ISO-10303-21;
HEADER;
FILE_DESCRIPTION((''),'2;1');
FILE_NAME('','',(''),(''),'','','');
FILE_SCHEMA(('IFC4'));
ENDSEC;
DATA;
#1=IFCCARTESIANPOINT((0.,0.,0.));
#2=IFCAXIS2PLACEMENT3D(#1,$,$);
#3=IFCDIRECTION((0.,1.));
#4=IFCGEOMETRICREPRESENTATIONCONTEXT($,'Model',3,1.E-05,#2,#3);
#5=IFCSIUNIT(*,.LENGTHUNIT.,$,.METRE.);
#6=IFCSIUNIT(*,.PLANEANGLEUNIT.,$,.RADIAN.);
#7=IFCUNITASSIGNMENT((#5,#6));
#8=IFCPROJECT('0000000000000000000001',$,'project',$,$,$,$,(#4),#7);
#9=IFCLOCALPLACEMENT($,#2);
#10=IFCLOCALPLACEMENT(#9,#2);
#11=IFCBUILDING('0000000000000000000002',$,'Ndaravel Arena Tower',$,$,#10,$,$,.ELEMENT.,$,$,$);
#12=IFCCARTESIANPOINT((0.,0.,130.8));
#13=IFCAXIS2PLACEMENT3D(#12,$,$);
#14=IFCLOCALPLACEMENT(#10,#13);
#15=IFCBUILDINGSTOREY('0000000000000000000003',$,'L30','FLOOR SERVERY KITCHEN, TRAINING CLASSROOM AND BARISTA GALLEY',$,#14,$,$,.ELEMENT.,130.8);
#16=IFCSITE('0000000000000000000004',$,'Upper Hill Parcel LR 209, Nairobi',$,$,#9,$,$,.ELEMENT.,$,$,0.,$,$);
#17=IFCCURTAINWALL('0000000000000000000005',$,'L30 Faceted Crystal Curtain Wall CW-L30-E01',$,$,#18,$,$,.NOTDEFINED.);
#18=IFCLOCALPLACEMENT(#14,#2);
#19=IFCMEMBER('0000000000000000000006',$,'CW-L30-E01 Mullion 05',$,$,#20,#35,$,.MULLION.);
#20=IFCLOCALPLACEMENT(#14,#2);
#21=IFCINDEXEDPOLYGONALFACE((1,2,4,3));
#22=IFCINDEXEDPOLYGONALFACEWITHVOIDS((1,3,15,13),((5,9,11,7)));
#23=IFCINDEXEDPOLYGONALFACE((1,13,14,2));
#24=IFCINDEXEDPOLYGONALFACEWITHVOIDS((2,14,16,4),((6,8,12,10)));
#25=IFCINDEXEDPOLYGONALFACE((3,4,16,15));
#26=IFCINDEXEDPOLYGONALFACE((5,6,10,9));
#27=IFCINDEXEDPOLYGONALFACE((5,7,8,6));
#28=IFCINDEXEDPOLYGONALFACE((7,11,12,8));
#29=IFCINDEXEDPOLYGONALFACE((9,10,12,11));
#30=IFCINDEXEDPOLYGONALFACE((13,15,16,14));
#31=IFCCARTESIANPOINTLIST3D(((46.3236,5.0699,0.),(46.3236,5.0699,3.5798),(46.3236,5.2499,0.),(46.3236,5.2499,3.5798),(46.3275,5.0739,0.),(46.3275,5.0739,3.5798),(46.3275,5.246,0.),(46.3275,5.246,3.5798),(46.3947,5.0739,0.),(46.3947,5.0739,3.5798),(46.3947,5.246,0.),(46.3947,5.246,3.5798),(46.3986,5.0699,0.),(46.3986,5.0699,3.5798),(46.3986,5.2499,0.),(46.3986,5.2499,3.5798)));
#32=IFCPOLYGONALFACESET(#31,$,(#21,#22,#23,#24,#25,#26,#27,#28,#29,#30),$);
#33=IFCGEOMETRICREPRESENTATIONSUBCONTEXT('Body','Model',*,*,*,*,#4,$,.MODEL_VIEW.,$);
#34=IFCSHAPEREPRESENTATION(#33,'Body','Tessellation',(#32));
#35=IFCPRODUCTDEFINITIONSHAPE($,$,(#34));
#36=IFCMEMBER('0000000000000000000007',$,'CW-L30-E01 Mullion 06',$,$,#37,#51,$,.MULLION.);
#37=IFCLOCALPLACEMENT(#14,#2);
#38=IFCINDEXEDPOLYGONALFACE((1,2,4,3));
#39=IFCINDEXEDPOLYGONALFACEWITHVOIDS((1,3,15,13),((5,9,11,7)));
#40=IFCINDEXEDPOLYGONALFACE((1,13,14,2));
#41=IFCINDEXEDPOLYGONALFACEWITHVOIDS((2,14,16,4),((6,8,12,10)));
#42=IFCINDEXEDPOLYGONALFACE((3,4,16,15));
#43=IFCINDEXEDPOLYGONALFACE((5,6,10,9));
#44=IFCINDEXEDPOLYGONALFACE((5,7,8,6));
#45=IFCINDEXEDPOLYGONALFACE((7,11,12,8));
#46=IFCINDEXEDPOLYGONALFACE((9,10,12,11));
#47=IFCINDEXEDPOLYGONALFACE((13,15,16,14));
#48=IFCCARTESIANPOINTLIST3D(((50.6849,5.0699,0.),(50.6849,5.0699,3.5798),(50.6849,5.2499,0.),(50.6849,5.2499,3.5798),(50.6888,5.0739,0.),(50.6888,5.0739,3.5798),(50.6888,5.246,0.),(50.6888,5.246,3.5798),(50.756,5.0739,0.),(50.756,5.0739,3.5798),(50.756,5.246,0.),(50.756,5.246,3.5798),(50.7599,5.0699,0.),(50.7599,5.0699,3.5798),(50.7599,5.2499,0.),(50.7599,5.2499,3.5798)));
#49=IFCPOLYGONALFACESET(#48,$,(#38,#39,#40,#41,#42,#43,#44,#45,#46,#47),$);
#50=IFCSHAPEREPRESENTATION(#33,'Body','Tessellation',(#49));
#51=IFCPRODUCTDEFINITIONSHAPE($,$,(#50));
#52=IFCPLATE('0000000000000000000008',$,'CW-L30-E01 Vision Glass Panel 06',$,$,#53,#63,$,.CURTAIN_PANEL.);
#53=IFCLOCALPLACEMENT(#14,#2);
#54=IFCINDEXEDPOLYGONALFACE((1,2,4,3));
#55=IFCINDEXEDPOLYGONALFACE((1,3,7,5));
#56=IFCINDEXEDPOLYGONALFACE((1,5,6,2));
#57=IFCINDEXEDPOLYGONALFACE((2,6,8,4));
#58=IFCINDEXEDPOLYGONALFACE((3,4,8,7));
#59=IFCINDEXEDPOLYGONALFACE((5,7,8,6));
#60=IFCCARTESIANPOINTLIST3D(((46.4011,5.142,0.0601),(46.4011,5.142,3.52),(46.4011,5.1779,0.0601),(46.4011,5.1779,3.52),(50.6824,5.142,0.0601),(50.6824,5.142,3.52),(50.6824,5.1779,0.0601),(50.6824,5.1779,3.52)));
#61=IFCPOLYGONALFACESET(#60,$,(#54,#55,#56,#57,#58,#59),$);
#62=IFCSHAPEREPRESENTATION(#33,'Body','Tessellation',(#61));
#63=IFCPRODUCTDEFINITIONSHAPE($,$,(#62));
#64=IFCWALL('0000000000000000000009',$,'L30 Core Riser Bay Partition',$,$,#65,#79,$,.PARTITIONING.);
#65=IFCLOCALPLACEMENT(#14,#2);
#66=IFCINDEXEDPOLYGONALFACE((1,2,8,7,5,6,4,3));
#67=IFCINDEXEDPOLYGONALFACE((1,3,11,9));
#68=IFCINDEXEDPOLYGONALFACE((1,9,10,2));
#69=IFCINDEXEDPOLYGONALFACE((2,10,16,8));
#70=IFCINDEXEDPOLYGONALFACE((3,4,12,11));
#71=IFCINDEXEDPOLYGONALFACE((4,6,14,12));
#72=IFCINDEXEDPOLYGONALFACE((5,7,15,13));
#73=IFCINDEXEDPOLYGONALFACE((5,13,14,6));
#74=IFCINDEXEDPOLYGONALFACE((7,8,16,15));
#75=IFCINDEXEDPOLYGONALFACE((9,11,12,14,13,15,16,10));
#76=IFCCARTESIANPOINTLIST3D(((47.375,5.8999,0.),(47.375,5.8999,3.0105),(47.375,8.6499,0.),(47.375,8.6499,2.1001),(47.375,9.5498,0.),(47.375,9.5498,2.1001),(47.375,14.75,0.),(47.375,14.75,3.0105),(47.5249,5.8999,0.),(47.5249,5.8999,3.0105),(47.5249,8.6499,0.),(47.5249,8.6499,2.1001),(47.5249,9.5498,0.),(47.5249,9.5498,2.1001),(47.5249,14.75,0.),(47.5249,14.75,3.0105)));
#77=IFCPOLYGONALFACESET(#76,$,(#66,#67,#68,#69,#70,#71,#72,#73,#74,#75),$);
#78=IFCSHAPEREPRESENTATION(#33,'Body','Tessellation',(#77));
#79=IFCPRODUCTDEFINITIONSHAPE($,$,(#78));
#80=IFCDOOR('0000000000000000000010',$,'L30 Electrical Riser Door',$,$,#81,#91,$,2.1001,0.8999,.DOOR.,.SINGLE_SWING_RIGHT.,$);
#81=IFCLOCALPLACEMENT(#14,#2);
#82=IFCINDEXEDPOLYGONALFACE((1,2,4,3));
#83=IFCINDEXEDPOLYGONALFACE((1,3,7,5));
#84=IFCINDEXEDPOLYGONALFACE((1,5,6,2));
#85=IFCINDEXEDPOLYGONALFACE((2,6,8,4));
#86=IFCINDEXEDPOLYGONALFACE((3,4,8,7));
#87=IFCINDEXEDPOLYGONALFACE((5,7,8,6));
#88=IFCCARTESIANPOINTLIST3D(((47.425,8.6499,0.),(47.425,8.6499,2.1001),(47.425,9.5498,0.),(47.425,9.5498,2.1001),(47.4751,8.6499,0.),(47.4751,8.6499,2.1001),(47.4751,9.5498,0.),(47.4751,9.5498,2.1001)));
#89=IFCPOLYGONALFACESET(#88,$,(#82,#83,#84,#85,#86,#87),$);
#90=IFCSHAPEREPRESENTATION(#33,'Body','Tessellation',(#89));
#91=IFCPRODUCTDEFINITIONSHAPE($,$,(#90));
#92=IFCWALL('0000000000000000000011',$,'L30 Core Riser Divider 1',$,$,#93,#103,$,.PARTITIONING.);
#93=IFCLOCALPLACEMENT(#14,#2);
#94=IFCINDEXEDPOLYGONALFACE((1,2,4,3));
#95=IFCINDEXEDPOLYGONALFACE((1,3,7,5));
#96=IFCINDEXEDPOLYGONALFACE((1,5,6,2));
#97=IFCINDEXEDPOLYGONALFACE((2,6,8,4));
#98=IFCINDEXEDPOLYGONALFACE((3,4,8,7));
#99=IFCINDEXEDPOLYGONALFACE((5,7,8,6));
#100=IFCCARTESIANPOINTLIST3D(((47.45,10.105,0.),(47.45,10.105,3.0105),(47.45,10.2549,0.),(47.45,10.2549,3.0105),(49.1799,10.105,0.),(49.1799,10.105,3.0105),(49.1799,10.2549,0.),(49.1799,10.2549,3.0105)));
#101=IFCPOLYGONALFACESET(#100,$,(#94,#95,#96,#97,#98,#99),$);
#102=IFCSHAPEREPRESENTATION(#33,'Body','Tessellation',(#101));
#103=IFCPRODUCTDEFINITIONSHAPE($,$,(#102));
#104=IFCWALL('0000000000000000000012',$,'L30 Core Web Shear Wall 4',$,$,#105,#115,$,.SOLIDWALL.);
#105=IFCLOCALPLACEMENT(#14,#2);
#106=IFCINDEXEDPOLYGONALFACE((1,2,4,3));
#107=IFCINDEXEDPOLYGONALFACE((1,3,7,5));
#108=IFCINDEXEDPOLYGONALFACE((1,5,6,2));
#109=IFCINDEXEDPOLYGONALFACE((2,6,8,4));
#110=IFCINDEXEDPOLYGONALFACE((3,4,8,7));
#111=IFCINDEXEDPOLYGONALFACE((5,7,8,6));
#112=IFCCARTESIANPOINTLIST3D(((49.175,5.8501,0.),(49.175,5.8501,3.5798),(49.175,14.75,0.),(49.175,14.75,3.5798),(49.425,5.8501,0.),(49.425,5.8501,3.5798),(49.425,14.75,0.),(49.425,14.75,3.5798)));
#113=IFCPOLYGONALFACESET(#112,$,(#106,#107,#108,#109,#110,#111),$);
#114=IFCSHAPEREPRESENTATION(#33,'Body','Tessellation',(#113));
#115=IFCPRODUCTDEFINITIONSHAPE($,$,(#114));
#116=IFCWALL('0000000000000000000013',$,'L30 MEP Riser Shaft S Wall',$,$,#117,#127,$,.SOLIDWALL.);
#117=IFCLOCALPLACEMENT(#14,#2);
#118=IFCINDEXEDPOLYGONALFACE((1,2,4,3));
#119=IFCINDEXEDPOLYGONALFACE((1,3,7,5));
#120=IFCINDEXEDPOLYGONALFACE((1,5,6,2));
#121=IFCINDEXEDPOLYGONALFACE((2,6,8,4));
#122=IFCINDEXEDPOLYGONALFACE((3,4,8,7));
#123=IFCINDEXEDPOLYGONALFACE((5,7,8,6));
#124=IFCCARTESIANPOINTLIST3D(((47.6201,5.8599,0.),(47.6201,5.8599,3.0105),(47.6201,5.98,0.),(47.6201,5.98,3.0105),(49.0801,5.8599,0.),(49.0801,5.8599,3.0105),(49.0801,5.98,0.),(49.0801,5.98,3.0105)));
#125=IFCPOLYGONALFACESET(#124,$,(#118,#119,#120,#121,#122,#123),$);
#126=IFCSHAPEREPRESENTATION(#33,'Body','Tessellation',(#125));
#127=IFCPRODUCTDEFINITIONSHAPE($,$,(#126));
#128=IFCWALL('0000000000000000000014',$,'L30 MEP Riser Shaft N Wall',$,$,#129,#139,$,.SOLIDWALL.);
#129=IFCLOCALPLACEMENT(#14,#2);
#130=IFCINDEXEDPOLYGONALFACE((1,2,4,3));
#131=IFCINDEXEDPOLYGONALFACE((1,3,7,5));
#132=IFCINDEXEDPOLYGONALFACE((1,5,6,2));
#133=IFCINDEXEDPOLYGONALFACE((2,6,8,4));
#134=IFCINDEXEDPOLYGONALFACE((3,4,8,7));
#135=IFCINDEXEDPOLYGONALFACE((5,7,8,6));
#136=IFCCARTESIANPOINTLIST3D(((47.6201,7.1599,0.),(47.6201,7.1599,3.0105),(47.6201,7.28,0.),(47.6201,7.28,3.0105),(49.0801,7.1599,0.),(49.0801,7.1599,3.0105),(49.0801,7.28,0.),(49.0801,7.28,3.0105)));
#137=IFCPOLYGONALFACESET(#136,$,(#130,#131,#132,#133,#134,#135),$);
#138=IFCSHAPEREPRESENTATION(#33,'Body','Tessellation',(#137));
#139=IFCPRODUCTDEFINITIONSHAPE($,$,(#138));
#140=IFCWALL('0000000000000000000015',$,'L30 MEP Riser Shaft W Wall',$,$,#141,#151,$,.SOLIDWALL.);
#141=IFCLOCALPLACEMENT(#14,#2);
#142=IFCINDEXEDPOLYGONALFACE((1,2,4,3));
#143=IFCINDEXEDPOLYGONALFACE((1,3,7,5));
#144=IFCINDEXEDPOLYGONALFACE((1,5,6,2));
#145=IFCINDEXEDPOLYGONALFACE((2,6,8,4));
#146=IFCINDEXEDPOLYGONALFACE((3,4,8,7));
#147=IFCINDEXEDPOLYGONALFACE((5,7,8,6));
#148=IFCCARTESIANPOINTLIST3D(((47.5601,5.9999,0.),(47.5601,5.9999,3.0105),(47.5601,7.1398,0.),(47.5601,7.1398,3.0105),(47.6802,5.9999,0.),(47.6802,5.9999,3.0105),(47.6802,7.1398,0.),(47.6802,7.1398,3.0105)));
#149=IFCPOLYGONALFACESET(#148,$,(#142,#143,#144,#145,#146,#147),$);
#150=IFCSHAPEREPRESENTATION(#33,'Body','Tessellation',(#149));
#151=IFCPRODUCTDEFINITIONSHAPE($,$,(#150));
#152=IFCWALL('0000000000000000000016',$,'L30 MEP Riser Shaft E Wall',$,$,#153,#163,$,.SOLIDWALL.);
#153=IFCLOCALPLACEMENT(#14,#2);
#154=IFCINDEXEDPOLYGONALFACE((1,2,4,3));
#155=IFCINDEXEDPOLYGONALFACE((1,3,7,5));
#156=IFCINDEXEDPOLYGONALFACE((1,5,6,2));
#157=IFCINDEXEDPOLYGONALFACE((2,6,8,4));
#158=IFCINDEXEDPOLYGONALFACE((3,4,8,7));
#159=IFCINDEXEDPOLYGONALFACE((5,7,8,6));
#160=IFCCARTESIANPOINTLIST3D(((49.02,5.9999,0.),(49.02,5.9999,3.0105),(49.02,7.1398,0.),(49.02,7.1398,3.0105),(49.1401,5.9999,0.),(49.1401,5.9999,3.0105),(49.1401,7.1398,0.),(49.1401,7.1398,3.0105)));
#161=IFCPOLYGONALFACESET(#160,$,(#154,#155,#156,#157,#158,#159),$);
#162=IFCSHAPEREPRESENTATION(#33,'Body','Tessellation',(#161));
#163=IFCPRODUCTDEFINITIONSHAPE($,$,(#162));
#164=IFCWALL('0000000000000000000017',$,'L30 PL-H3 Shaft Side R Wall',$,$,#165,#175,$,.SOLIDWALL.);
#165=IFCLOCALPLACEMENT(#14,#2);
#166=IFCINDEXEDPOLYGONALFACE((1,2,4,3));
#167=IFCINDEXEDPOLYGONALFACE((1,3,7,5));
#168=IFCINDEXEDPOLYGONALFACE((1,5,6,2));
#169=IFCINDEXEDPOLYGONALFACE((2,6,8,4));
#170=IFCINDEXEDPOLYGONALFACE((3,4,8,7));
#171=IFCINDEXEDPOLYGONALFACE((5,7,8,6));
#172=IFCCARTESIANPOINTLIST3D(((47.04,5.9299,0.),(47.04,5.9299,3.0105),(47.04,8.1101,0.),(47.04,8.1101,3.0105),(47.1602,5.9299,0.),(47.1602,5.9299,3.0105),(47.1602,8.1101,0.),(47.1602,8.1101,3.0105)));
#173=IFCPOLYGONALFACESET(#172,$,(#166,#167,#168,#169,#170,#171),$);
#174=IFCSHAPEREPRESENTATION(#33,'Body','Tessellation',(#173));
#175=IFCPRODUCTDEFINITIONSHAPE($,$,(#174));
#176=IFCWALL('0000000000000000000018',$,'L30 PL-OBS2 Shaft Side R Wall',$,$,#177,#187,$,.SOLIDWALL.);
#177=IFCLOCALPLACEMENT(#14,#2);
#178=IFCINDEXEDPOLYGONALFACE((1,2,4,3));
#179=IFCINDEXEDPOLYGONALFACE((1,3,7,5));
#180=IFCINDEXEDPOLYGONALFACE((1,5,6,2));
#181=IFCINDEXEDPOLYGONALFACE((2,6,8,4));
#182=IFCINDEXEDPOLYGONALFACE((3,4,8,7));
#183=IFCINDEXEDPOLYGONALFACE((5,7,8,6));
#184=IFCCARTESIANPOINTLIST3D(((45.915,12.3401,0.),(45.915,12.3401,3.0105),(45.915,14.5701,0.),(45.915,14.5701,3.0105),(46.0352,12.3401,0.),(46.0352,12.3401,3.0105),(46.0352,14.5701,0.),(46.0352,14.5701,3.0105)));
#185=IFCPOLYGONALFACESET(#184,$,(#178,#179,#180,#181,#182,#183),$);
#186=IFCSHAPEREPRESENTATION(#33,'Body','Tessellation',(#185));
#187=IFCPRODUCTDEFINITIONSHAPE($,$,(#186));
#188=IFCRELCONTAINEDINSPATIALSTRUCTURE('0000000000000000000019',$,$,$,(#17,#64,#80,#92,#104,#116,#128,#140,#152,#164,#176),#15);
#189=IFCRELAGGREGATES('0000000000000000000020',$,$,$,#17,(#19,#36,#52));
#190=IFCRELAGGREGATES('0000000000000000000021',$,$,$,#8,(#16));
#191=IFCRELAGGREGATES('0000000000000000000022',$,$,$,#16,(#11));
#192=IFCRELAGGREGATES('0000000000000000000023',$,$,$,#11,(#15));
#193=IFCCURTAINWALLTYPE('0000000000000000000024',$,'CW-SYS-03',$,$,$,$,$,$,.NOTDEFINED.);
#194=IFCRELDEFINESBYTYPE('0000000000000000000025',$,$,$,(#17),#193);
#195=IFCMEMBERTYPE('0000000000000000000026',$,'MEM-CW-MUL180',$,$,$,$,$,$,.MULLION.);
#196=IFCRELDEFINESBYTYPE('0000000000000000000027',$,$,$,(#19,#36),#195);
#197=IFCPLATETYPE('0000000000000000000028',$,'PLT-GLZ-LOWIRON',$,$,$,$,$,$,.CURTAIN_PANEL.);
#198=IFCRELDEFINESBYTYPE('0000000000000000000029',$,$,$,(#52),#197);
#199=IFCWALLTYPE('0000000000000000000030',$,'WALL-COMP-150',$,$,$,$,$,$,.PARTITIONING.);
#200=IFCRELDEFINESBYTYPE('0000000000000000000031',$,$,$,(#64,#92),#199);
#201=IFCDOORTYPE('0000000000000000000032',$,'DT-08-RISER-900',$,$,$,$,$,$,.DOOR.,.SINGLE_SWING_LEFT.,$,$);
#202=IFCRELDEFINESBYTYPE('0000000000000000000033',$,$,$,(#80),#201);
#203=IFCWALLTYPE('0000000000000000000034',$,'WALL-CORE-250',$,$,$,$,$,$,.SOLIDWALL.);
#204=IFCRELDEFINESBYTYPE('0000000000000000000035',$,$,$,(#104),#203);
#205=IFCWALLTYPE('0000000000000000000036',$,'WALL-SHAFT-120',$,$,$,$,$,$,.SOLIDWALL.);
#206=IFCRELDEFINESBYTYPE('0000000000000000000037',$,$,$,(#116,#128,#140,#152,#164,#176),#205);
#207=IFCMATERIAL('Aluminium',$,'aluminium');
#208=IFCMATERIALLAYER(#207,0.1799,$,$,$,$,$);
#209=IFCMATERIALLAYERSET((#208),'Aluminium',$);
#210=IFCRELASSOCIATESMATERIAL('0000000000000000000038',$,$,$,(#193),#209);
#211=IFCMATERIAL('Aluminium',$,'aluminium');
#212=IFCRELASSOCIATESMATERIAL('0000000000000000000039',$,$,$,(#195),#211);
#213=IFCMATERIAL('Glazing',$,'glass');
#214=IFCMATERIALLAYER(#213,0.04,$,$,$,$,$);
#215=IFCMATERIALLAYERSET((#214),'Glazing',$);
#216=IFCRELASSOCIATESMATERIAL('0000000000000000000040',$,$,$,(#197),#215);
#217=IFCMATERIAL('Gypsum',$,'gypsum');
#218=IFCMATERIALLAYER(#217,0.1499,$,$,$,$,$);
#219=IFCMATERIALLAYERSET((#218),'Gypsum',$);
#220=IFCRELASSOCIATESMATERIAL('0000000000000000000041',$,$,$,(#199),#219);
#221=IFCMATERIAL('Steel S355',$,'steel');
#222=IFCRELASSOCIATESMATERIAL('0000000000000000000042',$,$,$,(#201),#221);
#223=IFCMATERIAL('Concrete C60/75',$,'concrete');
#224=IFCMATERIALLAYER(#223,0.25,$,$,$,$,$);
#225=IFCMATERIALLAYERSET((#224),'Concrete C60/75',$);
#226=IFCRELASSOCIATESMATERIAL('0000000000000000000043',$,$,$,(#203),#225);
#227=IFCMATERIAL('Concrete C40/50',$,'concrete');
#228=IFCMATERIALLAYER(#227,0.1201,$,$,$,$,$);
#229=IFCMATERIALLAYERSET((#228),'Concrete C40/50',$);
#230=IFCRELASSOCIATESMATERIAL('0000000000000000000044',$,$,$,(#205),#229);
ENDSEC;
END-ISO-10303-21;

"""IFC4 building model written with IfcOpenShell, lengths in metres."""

from ifc_helpers import new_model, si_unit, direction, frame, frame_2d, origin, origin_2d, place, context, subcontext, project, spatial, rectangle, hollow_rectangle, extrude, material, layer, layer_set, material_profile, profile_set, type_object, element, fill, aggregate, save


model = new_model("IFC4")

# Units and contexts
model_context = context("Model", 3, precision=1e-05, world=origin(), true_north=direction((0.0, 1.0)))
body_context = subcontext(model_context, "Body", "Model", "MODEL_VIEW")
ifc_project = project(units=[si_unit("LENGTHUNIT", "METRE"), si_unit("PLANEANGLEUNIT", "RADIAN")], contexts=[model_context])

# Site, building, storey
site_placement = place(None, origin())
site = spatial("IfcSite", under=ifc_project, at=site_placement, Name="Upper Hill Parcel LR 209, Nairobi", CompositionType="ELEMENT", RefElevation=0.0)
building_placement = place(site_placement, origin())
building = spatial("IfcBuilding", under=site, at=building_placement, Name="Ndaravel Arena Tower", CompositionType="ELEMENT")
storey_placement = place(building_placement, frame((0.0, 0.0, 130.8)))
storey = spatial("IfcBuildingStorey", under=building, at=storey_placement, Name="L30", Description="FLOOR SERVERY KITCHEN, TRAINING CLASSROOM AND BARISTA GALLEY", CompositionType="ELEMENT", Elevation=130.8)

# Curtain wall, members, plate
ifc_material_1 = material(Name="Aluminium", Category="aluminium")
ifc_layer_1 = layer(ifc_material_1, 0.1799)
ifc_layer_set_1 = layer_set([ifc_layer_1], Name="Aluminium")
curtain_wall_type = type_object("IfcCurtainWallType", Name="CW-SYS-03", PredefinedType="NOTDEFINED", material=ifc_layer_set_1)
curtain_wall_placement = place(storey_placement, origin())
curtain_wall = element("IfcCurtainWall", 1, at=curtain_wall_placement, inside=storey, type_object=curtain_wall_type, Name="L30 Faceted Crystal Curtain Wall CW-L30-E01", PredefinedType="NOTDEFINED")
ifc_material_2 = material(Name="Aluminium", Category="aluminium")
ifc_material_profile = material_profile(ifc_material_2, hollow_rectangle(XDim=0.075, YDim=0.1799, WallThickness=0.0039, at=origin_2d()), Name="CW MULLION 75x180x4")
ifc_profile_set = profile_set([ifc_material_profile], Name="Aluminium")
member_type = type_object("IfcMemberType", Name="MEM-CW-MUL180", PredefinedType="MULLION", material=ifc_profile_set)
member_1_placement = place(storey_placement, frame((46.3611, 5.1599, 0.0), z_axis=(0.0, 0.0, 1.0), x_axis=(1.0, 0.0, 0.0)))
member_1 = element("IfcMember", 2, at=member_1_placement, type_object=member_type, Name="CW-L30-E01 Mullion 05", PredefinedType="MULLION", context=body_context, shape_type="SweptSolid", body=[
    extrude(hollow_rectangle(XDim=0.075, YDim=0.1799, WallThickness=0.0039, at=origin_2d()), origin(), (0.0, 0.0, 1.0), 3.5798),
])
member_2_placement = place(storey_placement, frame((50.7224, 5.1599, 0.0), z_axis=(0.0, 0.0, 1.0), x_axis=(1.0, 0.0, 0.0)))
member_2 = element("IfcMember", 3, at=member_2_placement, type_object=member_type, Name="CW-L30-E01 Mullion 06", PredefinedType="MULLION", context=body_context, shape_type="SweptSolid", body=[
    extrude(hollow_rectangle(XDim=0.075, YDim=0.1799, WallThickness=0.0039, at=origin_2d()), origin(), (0.0, 0.0, 1.0), 3.5798),
])
ifc_material_3 = material(Name="Glazing", Category="glass")
ifc_layer_2 = layer(ifc_material_3, 0.04)
ifc_layer_set_2 = layer_set([ifc_layer_2], Name="Glazing")
plate_type = type_object("IfcPlateType", Name="PLT-GLZ-LOWIRON", PredefinedType="CURTAIN_PANEL", material=ifc_layer_set_2)
plate_placement = place(storey_placement, frame((48.5417, 5.1599, 0.0601), z_axis=(0.0, 0.0, 1.0), x_axis=(1.0, 0.0, 0.0)))
plate = element("IfcPlate", 4, at=plate_placement, type_object=plate_type, Name="CW-L30-E01 Vision Glass Panel 06", PredefinedType="CURTAIN_PANEL", context=body_context, shape_type="SweptSolid", body=[
    extrude(rectangle(XDim=4.2812, YDim=0.0359, at=origin_2d()), origin(), (0.0, 0.0, 1.0), 3.46),
])
aggregate(curtain_wall, [member_1, member_2, plate])

# Wall, opening, door
ifc_material_4 = material(Name="Gypsum", Category="gypsum")
ifc_layer_3 = layer(ifc_material_4, 0.1499)
ifc_layer_set_3 = layer_set([ifc_layer_3], Name="Gypsum")
wall_type_1 = type_object("IfcWallType", Name="WALL-COMP-150", PredefinedType="PARTITIONING", material=ifc_layer_set_3)
wall_1_placement = place(storey_placement, frame((47.45, 5.8999, 0.0), z_axis=(0.0, 0.0, 1.0), x_axis=(0.0, 1.0, 0.0)))
wall_1 = element("IfcWall", 5, at=wall_1_placement, inside=storey, type_object=wall_type_1, Name="L30 Core Riser Bay Partition", PredefinedType="PARTITIONING", context=body_context, shape_type="SweptSolid", body=[
    extrude(rectangle(XDim=8.8501, YDim=0.1499, at=frame_2d((4.425, 0.0))), origin(), (0.0, 0.0, 1.0), 3.0105),
])
opening_1_placement = place(wall_1_placement, frame((2.75, 0.0, 0.0)))
opening_1 = element("IfcOpeningElement", 6, at=opening_1_placement, cuts=wall_1, PredefinedType="OPENING", context=body_context, shape_type="SweptSolid", body=[
    extrude(rectangle(XDim=0.8999, YDim=2.1001, at=frame_2d((0.45, 1.05))), frame((0.0, 0.075, 0.0), z_axis=(0.0, -1.0, 0.0), x_axis=(1.0, 0.0, 0.0)), (0.0, 0.0, 1.0), 0.1499),
])
ifc_material_5 = material(Name="Steel S355", Category="steel")
door_type_1 = type_object("IfcDoorType", Name="DT-08-RISER-900", OperationType="SINGLE_SWING_LEFT", PredefinedType="DOOR", material=ifc_material_5)
door_1_placement = place(opening_1_placement, origin())
door_1 = element("IfcDoor", 7, at=door_1_placement, inside=storey, type_object=door_type_1, Name="L30 Electrical Riser Door", OperationType="SINGLE_SWING_RIGHT", OverallHeight=2.1001, OverallWidth=0.8999, PredefinedType="DOOR", context=body_context, shape_type="SweptSolid", body=[
    extrude(rectangle(XDim=0.8999, YDim=2.1001, at=frame_2d((0.45, 1.05))), frame((0.0, 0.0249, 0.0), z_axis=(0.0, -1.0, 0.0), x_axis=(1.0, 0.0, 0.0)), (0.0, 0.0, 1.0), 0.05),
])
fill(opening_1, door_1)

# Walls
wall_2_placement = place(storey_placement, frame((47.45, 10.1799, 0.0), z_axis=(0.0, 0.0, 1.0), x_axis=(1.0, 0.0, 0.0)))
element("IfcWall", 8, at=wall_2_placement, inside=storey, type_object=wall_type_1, Name="L30 Core Riser Divider 1", PredefinedType="PARTITIONING", context=body_context, shape_type="SweptSolid", body=[
    extrude(rectangle(XDim=1.73, YDim=0.1499, at=frame_2d((0.865, 0.0))), origin(), (0.0, 0.0, 1.0), 3.0105),
])
ifc_material_6 = material(Name="Concrete C60/75", Category="concrete")
ifc_layer_4 = layer(ifc_material_6, 0.25)
ifc_layer_set_4 = layer_set([ifc_layer_4], Name="Concrete C60/75")
wall_type_2 = type_object("IfcWallType", Name="WALL-CORE-250", PredefinedType="SOLIDWALL", material=ifc_layer_set_4)
wall_3_placement = place(storey_placement, frame((49.3, 5.8501, 0.0), z_axis=(0.0, 0.0, 1.0), x_axis=(0.0, 1.0, 0.0)))
element("IfcWall", 9, at=wall_3_placement, inside=storey, type_object=wall_type_2, Name="L30 Core Web Shear Wall 4", PredefinedType="SOLIDWALL", context=body_context, shape_type="SweptSolid", body=[
    extrude(rectangle(XDim=8.8999, YDim=0.25, at=frame_2d((4.45, 0.0))), origin(), (0.0, 0.0, 1.0), 3.5798),
])
ifc_material_7 = material(Name="Concrete C40/50", Category="concrete")
ifc_layer_5 = layer(ifc_material_7, 0.1201)
ifc_layer_set_5 = layer_set([ifc_layer_5], Name="Concrete C40/50")
wall_type_3 = type_object("IfcWallType", Name="WALL-SHAFT-120", PredefinedType="SOLIDWALL", material=ifc_layer_set_5)
for number, where, z_axis, x_axis, name in (
    (10, (47.6201, 5.9199, 0.0), (0.0, 0.0, 1.0), (1.0, 0.0, 0.0), "L30 MEP Riser Shaft S Wall"),
    (11, (47.6201, 7.22, 0.0), (0.0, 0.0, 1.0), (1.0, 0.0, 0.0), "L30 MEP Riser Shaft N Wall"),
):
    element("IfcWall", number, at=place(storey_placement, frame(where, z_axis=z_axis, x_axis=x_axis)), inside=storey, type_object=wall_type_3, Name=name, PredefinedType="SOLIDWALL", context=body_context, shape_type="SweptSolid", body=[
        extrude(rectangle(XDim=1.46, YDim=0.1201, at=frame_2d((0.73, 0.0))), origin(), (0.0, 0.0, 1.0), 3.0105),
    ])
for number, where, z_axis, x_axis, name in (
    (12, (47.6201, 6.0, 0.0), (0.0, 0.0, 1.0), (0.0, 1.0, 0.0), "L30 MEP Riser Shaft W Wall"),
    (13, (49.0801, 6.0, 0.0), (0.0, 0.0, 1.0), (0.0, 1.0, 0.0), "L30 MEP Riser Shaft E Wall"),
):
    element("IfcWall", number, at=place(storey_placement, frame(where, z_axis=z_axis, x_axis=x_axis)), inside=storey, type_object=wall_type_3, Name=name, PredefinedType="SOLIDWALL", context=body_context, shape_type="SweptSolid", body=[
        extrude(rectangle(XDim=1.1399, YDim=0.1201, at=frame_2d((0.5698, 0.0))), origin(), (0.0, 0.0, 1.0), 3.0105),
    ])
wall_4_placement = place(storey_placement, frame((47.1001, 5.9299, 0.0), z_axis=(0.0, 0.0, 1.0), x_axis=(0.0, 1.0, 0.0)))
element("IfcWall", 14, at=wall_4_placement, inside=storey, type_object=wall_type_3, Name="L30 PL-H3 Shaft Side R Wall", PredefinedType="SOLIDWALL", context=body_context, shape_type="SweptSolid", body=[
    extrude(rectangle(XDim=2.1802, YDim=0.1201, at=frame_2d((1.0901, 0.0))), origin(), (0.0, 0.0, 1.0), 3.0105),
])
wall_5_placement = place(storey_placement, frame((45.9751, 12.3401, 0.0), z_axis=(0.0, 0.0, 1.0), x_axis=(0.0, 1.0, 0.0)))
element("IfcWall", 15, at=wall_5_placement, inside=storey, type_object=wall_type_3, Name="L30 PL-OBS2 Shaft Side R Wall", PredefinedType="SOLIDWALL", context=body_context, shape_type="SweptSolid", body=[
    extrude(rectangle(XDim=2.23, YDim=0.1201, at=frame_2d((1.115, 0.0))), origin(), (0.0, 0.0, 1.0), 3.0105),
])

save(model, "model.ifc")
